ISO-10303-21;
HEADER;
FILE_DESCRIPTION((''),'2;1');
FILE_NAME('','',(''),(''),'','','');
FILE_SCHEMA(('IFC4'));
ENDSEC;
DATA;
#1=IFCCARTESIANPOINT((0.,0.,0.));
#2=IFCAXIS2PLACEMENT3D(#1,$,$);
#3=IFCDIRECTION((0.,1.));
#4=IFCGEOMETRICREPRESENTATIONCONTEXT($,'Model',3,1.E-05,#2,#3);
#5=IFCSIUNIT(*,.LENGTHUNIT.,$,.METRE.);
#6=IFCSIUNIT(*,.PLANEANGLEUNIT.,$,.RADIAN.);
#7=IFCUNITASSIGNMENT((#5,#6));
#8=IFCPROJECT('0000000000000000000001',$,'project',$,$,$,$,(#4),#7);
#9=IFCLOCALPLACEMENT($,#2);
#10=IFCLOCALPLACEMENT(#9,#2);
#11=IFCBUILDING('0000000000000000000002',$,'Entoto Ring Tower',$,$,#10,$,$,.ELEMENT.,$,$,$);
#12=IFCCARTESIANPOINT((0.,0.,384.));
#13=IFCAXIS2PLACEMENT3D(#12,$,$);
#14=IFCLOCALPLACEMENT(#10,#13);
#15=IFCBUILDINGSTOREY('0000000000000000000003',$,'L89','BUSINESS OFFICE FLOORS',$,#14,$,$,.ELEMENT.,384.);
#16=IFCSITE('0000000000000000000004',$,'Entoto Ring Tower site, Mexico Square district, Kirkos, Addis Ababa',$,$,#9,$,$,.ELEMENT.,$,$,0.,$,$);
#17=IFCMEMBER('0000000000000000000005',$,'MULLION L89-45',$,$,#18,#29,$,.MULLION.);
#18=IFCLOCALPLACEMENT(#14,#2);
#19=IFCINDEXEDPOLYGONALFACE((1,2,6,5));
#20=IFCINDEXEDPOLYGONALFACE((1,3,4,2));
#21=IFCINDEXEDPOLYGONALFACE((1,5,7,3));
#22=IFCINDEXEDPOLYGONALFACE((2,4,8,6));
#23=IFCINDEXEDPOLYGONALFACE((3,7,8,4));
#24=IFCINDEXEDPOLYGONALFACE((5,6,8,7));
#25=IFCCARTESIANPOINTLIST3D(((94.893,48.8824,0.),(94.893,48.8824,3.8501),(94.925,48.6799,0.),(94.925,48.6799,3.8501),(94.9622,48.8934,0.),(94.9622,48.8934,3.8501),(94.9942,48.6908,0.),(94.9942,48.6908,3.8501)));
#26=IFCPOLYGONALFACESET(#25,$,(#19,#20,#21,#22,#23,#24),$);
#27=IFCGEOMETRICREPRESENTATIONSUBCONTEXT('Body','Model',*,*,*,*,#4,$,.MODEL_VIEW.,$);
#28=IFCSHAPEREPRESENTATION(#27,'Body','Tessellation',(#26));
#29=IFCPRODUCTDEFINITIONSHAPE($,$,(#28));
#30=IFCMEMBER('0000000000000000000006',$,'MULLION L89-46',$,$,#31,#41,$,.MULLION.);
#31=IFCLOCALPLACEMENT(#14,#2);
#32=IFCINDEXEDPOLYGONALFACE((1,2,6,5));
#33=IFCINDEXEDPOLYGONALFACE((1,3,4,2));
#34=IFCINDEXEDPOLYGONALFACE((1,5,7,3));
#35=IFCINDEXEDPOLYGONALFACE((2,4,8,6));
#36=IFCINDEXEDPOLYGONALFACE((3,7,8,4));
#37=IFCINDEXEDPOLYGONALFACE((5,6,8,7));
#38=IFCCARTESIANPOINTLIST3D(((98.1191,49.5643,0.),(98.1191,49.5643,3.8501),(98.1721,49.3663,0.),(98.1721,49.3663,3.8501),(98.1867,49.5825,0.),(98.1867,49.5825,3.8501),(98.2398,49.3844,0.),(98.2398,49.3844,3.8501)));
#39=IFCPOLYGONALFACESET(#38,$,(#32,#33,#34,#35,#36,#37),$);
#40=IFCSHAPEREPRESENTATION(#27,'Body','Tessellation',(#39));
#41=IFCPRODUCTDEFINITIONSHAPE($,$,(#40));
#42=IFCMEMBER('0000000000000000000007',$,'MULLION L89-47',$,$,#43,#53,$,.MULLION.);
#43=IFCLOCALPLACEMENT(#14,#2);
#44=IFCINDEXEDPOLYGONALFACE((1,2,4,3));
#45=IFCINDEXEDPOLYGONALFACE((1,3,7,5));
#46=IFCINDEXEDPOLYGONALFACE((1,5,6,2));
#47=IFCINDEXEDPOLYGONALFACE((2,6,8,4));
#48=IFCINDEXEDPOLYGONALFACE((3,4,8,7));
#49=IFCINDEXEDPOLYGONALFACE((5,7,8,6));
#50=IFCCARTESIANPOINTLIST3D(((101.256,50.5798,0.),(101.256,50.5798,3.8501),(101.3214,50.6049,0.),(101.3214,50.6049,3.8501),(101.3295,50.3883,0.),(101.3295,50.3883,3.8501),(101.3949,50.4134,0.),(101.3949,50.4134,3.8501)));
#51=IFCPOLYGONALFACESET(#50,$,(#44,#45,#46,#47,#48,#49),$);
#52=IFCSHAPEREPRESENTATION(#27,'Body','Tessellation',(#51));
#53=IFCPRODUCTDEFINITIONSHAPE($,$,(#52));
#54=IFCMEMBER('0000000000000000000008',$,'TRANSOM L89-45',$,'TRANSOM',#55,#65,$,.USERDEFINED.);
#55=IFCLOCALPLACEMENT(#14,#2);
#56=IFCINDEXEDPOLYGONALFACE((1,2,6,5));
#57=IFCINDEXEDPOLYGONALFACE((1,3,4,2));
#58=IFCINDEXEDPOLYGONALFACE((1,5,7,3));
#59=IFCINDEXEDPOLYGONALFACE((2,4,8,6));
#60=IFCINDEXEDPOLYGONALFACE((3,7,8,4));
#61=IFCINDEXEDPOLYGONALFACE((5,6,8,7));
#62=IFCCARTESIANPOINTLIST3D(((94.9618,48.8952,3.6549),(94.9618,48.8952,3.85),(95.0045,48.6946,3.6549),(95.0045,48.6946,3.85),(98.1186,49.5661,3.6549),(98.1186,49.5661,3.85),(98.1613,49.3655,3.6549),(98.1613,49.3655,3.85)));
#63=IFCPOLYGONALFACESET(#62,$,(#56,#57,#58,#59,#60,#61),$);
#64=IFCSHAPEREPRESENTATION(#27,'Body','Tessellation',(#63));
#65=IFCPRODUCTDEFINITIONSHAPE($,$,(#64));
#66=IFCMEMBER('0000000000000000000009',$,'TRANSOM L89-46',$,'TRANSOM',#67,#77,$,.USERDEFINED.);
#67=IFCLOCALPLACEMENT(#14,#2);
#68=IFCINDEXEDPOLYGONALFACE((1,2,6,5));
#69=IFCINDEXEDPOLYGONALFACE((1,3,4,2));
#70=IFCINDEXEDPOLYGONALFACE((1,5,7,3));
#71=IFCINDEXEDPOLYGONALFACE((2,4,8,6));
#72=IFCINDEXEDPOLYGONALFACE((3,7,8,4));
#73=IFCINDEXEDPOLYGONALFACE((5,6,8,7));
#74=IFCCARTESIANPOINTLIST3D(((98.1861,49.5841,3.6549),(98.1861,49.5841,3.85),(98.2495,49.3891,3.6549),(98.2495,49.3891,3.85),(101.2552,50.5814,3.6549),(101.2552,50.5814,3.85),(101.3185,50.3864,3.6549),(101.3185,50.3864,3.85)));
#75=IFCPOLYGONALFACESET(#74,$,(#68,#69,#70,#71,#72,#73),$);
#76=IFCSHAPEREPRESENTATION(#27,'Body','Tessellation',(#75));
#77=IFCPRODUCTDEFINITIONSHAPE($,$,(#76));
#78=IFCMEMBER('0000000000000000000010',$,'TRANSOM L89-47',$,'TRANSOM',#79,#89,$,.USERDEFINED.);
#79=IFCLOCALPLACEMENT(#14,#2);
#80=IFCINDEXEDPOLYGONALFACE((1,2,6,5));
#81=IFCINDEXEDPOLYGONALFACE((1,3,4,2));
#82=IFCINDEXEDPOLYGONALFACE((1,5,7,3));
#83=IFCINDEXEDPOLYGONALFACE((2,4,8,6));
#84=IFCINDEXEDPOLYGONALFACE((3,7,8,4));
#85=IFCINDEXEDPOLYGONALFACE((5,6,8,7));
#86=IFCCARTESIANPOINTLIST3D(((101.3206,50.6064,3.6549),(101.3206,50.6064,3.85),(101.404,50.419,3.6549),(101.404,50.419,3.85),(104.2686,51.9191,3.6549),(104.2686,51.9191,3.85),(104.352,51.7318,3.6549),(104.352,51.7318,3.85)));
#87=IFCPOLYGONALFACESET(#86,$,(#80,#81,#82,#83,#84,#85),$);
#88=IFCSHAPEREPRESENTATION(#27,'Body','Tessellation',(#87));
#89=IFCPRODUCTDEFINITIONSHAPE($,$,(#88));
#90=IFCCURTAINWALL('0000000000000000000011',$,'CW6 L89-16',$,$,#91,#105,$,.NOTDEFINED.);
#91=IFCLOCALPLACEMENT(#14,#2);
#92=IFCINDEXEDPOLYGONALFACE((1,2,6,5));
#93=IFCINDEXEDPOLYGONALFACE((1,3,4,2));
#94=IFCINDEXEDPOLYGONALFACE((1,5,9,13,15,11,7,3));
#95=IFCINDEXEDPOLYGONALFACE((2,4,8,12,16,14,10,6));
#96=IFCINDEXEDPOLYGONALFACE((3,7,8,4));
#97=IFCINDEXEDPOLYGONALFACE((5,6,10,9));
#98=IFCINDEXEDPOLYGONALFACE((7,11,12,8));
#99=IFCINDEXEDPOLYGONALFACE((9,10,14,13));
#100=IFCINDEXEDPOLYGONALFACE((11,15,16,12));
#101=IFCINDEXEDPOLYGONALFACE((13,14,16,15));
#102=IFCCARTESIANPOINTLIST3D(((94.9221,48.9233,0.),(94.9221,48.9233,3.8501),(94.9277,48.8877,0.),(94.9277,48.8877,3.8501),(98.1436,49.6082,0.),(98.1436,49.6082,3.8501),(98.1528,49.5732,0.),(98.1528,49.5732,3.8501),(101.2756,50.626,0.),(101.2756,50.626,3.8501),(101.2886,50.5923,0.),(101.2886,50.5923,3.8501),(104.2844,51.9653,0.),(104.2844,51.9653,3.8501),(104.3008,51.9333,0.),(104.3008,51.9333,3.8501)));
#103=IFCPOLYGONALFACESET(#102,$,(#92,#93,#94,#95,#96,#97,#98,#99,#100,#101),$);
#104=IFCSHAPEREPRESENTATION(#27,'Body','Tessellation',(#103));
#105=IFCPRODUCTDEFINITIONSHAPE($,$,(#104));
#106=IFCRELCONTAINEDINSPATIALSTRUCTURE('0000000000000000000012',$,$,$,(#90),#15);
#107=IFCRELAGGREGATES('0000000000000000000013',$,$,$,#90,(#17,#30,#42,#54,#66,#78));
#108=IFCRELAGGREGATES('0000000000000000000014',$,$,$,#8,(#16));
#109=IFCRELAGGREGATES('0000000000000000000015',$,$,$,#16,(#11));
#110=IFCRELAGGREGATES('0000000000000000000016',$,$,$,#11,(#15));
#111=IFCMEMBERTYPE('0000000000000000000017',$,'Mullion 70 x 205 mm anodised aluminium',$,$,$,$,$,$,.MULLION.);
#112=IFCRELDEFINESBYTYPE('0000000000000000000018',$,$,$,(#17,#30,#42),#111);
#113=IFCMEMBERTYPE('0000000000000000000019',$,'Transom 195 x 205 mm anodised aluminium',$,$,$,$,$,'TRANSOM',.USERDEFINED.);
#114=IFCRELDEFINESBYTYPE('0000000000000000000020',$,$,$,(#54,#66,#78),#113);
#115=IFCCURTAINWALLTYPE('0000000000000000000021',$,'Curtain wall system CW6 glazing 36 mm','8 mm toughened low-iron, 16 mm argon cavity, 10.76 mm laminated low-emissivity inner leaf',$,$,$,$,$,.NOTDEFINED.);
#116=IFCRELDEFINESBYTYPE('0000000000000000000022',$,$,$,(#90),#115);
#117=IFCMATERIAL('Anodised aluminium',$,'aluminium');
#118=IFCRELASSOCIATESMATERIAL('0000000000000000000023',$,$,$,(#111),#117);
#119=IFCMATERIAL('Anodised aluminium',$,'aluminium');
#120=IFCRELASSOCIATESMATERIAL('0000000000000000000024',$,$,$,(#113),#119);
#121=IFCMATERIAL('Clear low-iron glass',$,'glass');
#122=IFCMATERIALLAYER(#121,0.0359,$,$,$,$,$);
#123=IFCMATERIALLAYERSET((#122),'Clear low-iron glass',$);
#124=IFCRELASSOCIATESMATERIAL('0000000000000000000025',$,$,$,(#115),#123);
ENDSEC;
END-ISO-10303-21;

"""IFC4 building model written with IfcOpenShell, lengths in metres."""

from ifc_helpers import new_model, si_unit, direction, frame, origin, origin_2d, place, context, subcontext, project, spatial, polyline, rectangle, outline, extrude, material, layer, layer_set, material_profile, profile_set, type_object, element, aggregate, save


model = new_model("IFC4")

# Units and contexts
model_context = context("Model", 3, precision=1e-05, world=origin(), true_north=direction((0.0, 1.0)))
body_context = subcontext(model_context, "Body", "Model", "MODEL_VIEW")
ifc_project = project(units=[si_unit("LENGTHUNIT", "METRE"), si_unit("PLANEANGLEUNIT", "RADIAN")], contexts=[model_context])

# Members
ifc_material_1 = material(Name="Anodised aluminium", Category="aluminium")
ifc_material_profile_1 = material_profile(ifc_material_1, rectangle(XDim=0.0701, YDim=0.2051, at=origin_2d()), Name="Mullion 70 x 205 mm anodised aluminium")
ifc_profile_set_1 = profile_set([ifc_material_profile_1], Name="Anodised aluminium")
member_type_1 = type_object("IfcMemberType", Name="Mullion 70 x 205 mm anodised aluminium", PredefinedType="MULLION", material=ifc_profile_set_1)
site_placement = place(None, origin())
building_placement = place(site_placement, origin())
storey_placement = place(building_placement, frame((0.0, 0.0, 384.0)))
member_1_placement = place(storey_placement, frame((94.9436, 48.7866, 0.0), z_axis=(0.0, 0.0, 1.0), x_axis=(0.987688, 0.156434, 0.0)))
member_1 = element("IfcMember", 1, at=member_1_placement, type_object=member_type_1, Name="MULLION L89-45", PredefinedType="MULLION", context=body_context, shape_type="SweptSolid", body=[
    extrude(rectangle(XDim=0.0701, YDim=0.2051, at=origin_2d()), origin(), (0.0, 0.0, 1.0), 3.8501),
])
member_2_placement = place(storey_placement, frame((98.1794, 49.4744, 0.0), z_axis=(0.0, 0.0, 1.0), x_axis=(0.965926, 0.258819, 0.0)))
member_2 = element("IfcMember", 2, at=member_2_placement, type_object=member_type_1, Name="MULLION L89-46", PredefinedType="MULLION", context=body_context, shape_type="SweptSolid", body=[
    extrude(rectangle(XDim=0.0701, YDim=0.2051, at=origin_2d()), origin(), (0.0, 0.0, 1.0), 3.8501),
])
member_3_placement = place(storey_placement, frame((101.3254, 50.4966, 0.0), z_axis=(0.0, 0.0, 1.0), x_axis=(0.93358, 0.358368, 0.0)))
member_3 = element("IfcMember", 3, at=member_3_placement, type_object=member_type_1, Name="MULLION L89-47", PredefinedType="MULLION", context=body_context, shape_type="SweptSolid", body=[
    extrude(rectangle(XDim=0.0701, YDim=0.2051, at=origin_2d()), origin(), (0.0, 0.0, 1.0), 3.8501),
])
ifc_material_2 = material(Name="Anodised aluminium", Category="aluminium")
ifc_material_profile_2 = material_profile(ifc_material_2, rectangle(XDim=0.2051, YDim=0.1951, at=origin_2d()), Name="Transom 195 x 205 mm anodised aluminium")
ifc_profile_set_2 = profile_set([ifc_material_profile_2], Name="Anodised aluminium")
member_type_2 = type_object("IfcMemberType", Name="Transom 195 x 205 mm anodised aluminium", ElementType="TRANSOM", PredefinedType="USERDEFINED", material=ifc_profile_set_2)
member_4_placement = place(storey_placement, frame((94.9832, 48.7949, 3.7524), z_axis=(0.978153, 0.207886, 0.0), x_axis=(-0.207886, 0.978153, 0.0)))
member_4 = element("IfcMember", 4, at=member_4_placement, type_object=member_type_2, Name="TRANSOM L89-45", ObjectType="TRANSOM", PredefinedType="USERDEFINED", context=body_context, shape_type="SweptSolid", body=[
    extrude(rectangle(XDim=0.2051, YDim=0.1951, at=origin_2d()), origin(), (0.0, 0.0, 1.0), 3.2273),
])
member_5_placement = place(storey_placement, frame((98.2178, 49.4866, 3.7524), z_axis=(0.951047, 0.309047, 0.0), x_axis=(-0.309047, 0.951047, 0.0)))
member_5 = element("IfcMember", 5, at=member_5_placement, type_object=member_type_2, Name="TRANSOM L89-46", ObjectType="TRANSOM", PredefinedType="USERDEFINED", context=body_context, shape_type="SweptSolid", body=[
    extrude(rectangle(XDim=0.2051, YDim=0.1951, at=origin_2d()), origin(), (0.0, 0.0, 1.0), 3.2271),
])
member_6_placement = place(storey_placement, frame((101.3623, 50.5127, 3.7524), z_axis=(0.913521, 0.406791, 0.0), x_axis=(-0.406791, 0.913521, 0.0)))
member_6 = element("IfcMember", 6, at=member_6_placement, type_object=member_type_2, Name="TRANSOM L89-47", ObjectType="TRANSOM", PredefinedType="USERDEFINED", context=body_context, shape_type="SweptSolid", body=[
    extrude(rectangle(XDim=0.2051, YDim=0.1951, at=origin_2d()), origin(), (0.0, 0.0, 1.0), 3.2271),
])

# Site, building, storey
site = spatial("IfcSite", under=ifc_project, at=site_placement, Name="Entoto Ring Tower site, Mexico Square district, Kirkos, Addis Ababa", CompositionType="ELEMENT", RefElevation=0.0)
building = spatial("IfcBuilding", under=site, at=building_placement, Name="Entoto Ring Tower", CompositionType="ELEMENT")
storey = spatial("IfcBuildingStorey", under=building, at=storey_placement, Name="L89", Description="BUSINESS OFFICE FLOORS", CompositionType="ELEMENT", Elevation=384.0)

# Curtain wall
ifc_material_3 = material(Name="Clear low-iron glass", Category="glass")
ifc_layer_1 = layer(ifc_material_3, 0.0359)
ifc_layer_set_1 = layer_set([ifc_layer_1], Name="Clear low-iron glass")
curtain_wall_type = type_object("IfcCurtainWallType", Name="Curtain wall system CW6 glazing 36 mm", Description="8 mm toughened low-iron, 16 mm argon cavity, 10.76 mm laminated low-emissivity inner leaf", PredefinedType="NOTDEFINED", material=ifc_layer_set_1)
curtain_wall_1_placement = place(storey_placement, origin())
curtain_wall_1 = element("IfcCurtainWall", 7, at=curtain_wall_1_placement, inside=storey, type_object=curtain_wall_type, Name="CW6 L89-16", PredefinedType="NOTDEFINED", context=body_context, shape_type="SweptSolid", body=[
    extrude(outline(polyline([(94.9277, 48.8877), (98.1528, 49.5732), (101.2886, 50.5923), (104.3008, 51.9333), (104.2844, 51.9653), (101.2756, 50.626), (98.1436, 49.6082), (94.9221, 48.9233), (94.9277, 48.8877)])), origin(), (0.0, 0.0, 1.0), 3.8501),
])
aggregate(curtain_wall_1, [member_1, member_2, member_3, member_4, member_5, member_6])

save(model, "model.ifc")
